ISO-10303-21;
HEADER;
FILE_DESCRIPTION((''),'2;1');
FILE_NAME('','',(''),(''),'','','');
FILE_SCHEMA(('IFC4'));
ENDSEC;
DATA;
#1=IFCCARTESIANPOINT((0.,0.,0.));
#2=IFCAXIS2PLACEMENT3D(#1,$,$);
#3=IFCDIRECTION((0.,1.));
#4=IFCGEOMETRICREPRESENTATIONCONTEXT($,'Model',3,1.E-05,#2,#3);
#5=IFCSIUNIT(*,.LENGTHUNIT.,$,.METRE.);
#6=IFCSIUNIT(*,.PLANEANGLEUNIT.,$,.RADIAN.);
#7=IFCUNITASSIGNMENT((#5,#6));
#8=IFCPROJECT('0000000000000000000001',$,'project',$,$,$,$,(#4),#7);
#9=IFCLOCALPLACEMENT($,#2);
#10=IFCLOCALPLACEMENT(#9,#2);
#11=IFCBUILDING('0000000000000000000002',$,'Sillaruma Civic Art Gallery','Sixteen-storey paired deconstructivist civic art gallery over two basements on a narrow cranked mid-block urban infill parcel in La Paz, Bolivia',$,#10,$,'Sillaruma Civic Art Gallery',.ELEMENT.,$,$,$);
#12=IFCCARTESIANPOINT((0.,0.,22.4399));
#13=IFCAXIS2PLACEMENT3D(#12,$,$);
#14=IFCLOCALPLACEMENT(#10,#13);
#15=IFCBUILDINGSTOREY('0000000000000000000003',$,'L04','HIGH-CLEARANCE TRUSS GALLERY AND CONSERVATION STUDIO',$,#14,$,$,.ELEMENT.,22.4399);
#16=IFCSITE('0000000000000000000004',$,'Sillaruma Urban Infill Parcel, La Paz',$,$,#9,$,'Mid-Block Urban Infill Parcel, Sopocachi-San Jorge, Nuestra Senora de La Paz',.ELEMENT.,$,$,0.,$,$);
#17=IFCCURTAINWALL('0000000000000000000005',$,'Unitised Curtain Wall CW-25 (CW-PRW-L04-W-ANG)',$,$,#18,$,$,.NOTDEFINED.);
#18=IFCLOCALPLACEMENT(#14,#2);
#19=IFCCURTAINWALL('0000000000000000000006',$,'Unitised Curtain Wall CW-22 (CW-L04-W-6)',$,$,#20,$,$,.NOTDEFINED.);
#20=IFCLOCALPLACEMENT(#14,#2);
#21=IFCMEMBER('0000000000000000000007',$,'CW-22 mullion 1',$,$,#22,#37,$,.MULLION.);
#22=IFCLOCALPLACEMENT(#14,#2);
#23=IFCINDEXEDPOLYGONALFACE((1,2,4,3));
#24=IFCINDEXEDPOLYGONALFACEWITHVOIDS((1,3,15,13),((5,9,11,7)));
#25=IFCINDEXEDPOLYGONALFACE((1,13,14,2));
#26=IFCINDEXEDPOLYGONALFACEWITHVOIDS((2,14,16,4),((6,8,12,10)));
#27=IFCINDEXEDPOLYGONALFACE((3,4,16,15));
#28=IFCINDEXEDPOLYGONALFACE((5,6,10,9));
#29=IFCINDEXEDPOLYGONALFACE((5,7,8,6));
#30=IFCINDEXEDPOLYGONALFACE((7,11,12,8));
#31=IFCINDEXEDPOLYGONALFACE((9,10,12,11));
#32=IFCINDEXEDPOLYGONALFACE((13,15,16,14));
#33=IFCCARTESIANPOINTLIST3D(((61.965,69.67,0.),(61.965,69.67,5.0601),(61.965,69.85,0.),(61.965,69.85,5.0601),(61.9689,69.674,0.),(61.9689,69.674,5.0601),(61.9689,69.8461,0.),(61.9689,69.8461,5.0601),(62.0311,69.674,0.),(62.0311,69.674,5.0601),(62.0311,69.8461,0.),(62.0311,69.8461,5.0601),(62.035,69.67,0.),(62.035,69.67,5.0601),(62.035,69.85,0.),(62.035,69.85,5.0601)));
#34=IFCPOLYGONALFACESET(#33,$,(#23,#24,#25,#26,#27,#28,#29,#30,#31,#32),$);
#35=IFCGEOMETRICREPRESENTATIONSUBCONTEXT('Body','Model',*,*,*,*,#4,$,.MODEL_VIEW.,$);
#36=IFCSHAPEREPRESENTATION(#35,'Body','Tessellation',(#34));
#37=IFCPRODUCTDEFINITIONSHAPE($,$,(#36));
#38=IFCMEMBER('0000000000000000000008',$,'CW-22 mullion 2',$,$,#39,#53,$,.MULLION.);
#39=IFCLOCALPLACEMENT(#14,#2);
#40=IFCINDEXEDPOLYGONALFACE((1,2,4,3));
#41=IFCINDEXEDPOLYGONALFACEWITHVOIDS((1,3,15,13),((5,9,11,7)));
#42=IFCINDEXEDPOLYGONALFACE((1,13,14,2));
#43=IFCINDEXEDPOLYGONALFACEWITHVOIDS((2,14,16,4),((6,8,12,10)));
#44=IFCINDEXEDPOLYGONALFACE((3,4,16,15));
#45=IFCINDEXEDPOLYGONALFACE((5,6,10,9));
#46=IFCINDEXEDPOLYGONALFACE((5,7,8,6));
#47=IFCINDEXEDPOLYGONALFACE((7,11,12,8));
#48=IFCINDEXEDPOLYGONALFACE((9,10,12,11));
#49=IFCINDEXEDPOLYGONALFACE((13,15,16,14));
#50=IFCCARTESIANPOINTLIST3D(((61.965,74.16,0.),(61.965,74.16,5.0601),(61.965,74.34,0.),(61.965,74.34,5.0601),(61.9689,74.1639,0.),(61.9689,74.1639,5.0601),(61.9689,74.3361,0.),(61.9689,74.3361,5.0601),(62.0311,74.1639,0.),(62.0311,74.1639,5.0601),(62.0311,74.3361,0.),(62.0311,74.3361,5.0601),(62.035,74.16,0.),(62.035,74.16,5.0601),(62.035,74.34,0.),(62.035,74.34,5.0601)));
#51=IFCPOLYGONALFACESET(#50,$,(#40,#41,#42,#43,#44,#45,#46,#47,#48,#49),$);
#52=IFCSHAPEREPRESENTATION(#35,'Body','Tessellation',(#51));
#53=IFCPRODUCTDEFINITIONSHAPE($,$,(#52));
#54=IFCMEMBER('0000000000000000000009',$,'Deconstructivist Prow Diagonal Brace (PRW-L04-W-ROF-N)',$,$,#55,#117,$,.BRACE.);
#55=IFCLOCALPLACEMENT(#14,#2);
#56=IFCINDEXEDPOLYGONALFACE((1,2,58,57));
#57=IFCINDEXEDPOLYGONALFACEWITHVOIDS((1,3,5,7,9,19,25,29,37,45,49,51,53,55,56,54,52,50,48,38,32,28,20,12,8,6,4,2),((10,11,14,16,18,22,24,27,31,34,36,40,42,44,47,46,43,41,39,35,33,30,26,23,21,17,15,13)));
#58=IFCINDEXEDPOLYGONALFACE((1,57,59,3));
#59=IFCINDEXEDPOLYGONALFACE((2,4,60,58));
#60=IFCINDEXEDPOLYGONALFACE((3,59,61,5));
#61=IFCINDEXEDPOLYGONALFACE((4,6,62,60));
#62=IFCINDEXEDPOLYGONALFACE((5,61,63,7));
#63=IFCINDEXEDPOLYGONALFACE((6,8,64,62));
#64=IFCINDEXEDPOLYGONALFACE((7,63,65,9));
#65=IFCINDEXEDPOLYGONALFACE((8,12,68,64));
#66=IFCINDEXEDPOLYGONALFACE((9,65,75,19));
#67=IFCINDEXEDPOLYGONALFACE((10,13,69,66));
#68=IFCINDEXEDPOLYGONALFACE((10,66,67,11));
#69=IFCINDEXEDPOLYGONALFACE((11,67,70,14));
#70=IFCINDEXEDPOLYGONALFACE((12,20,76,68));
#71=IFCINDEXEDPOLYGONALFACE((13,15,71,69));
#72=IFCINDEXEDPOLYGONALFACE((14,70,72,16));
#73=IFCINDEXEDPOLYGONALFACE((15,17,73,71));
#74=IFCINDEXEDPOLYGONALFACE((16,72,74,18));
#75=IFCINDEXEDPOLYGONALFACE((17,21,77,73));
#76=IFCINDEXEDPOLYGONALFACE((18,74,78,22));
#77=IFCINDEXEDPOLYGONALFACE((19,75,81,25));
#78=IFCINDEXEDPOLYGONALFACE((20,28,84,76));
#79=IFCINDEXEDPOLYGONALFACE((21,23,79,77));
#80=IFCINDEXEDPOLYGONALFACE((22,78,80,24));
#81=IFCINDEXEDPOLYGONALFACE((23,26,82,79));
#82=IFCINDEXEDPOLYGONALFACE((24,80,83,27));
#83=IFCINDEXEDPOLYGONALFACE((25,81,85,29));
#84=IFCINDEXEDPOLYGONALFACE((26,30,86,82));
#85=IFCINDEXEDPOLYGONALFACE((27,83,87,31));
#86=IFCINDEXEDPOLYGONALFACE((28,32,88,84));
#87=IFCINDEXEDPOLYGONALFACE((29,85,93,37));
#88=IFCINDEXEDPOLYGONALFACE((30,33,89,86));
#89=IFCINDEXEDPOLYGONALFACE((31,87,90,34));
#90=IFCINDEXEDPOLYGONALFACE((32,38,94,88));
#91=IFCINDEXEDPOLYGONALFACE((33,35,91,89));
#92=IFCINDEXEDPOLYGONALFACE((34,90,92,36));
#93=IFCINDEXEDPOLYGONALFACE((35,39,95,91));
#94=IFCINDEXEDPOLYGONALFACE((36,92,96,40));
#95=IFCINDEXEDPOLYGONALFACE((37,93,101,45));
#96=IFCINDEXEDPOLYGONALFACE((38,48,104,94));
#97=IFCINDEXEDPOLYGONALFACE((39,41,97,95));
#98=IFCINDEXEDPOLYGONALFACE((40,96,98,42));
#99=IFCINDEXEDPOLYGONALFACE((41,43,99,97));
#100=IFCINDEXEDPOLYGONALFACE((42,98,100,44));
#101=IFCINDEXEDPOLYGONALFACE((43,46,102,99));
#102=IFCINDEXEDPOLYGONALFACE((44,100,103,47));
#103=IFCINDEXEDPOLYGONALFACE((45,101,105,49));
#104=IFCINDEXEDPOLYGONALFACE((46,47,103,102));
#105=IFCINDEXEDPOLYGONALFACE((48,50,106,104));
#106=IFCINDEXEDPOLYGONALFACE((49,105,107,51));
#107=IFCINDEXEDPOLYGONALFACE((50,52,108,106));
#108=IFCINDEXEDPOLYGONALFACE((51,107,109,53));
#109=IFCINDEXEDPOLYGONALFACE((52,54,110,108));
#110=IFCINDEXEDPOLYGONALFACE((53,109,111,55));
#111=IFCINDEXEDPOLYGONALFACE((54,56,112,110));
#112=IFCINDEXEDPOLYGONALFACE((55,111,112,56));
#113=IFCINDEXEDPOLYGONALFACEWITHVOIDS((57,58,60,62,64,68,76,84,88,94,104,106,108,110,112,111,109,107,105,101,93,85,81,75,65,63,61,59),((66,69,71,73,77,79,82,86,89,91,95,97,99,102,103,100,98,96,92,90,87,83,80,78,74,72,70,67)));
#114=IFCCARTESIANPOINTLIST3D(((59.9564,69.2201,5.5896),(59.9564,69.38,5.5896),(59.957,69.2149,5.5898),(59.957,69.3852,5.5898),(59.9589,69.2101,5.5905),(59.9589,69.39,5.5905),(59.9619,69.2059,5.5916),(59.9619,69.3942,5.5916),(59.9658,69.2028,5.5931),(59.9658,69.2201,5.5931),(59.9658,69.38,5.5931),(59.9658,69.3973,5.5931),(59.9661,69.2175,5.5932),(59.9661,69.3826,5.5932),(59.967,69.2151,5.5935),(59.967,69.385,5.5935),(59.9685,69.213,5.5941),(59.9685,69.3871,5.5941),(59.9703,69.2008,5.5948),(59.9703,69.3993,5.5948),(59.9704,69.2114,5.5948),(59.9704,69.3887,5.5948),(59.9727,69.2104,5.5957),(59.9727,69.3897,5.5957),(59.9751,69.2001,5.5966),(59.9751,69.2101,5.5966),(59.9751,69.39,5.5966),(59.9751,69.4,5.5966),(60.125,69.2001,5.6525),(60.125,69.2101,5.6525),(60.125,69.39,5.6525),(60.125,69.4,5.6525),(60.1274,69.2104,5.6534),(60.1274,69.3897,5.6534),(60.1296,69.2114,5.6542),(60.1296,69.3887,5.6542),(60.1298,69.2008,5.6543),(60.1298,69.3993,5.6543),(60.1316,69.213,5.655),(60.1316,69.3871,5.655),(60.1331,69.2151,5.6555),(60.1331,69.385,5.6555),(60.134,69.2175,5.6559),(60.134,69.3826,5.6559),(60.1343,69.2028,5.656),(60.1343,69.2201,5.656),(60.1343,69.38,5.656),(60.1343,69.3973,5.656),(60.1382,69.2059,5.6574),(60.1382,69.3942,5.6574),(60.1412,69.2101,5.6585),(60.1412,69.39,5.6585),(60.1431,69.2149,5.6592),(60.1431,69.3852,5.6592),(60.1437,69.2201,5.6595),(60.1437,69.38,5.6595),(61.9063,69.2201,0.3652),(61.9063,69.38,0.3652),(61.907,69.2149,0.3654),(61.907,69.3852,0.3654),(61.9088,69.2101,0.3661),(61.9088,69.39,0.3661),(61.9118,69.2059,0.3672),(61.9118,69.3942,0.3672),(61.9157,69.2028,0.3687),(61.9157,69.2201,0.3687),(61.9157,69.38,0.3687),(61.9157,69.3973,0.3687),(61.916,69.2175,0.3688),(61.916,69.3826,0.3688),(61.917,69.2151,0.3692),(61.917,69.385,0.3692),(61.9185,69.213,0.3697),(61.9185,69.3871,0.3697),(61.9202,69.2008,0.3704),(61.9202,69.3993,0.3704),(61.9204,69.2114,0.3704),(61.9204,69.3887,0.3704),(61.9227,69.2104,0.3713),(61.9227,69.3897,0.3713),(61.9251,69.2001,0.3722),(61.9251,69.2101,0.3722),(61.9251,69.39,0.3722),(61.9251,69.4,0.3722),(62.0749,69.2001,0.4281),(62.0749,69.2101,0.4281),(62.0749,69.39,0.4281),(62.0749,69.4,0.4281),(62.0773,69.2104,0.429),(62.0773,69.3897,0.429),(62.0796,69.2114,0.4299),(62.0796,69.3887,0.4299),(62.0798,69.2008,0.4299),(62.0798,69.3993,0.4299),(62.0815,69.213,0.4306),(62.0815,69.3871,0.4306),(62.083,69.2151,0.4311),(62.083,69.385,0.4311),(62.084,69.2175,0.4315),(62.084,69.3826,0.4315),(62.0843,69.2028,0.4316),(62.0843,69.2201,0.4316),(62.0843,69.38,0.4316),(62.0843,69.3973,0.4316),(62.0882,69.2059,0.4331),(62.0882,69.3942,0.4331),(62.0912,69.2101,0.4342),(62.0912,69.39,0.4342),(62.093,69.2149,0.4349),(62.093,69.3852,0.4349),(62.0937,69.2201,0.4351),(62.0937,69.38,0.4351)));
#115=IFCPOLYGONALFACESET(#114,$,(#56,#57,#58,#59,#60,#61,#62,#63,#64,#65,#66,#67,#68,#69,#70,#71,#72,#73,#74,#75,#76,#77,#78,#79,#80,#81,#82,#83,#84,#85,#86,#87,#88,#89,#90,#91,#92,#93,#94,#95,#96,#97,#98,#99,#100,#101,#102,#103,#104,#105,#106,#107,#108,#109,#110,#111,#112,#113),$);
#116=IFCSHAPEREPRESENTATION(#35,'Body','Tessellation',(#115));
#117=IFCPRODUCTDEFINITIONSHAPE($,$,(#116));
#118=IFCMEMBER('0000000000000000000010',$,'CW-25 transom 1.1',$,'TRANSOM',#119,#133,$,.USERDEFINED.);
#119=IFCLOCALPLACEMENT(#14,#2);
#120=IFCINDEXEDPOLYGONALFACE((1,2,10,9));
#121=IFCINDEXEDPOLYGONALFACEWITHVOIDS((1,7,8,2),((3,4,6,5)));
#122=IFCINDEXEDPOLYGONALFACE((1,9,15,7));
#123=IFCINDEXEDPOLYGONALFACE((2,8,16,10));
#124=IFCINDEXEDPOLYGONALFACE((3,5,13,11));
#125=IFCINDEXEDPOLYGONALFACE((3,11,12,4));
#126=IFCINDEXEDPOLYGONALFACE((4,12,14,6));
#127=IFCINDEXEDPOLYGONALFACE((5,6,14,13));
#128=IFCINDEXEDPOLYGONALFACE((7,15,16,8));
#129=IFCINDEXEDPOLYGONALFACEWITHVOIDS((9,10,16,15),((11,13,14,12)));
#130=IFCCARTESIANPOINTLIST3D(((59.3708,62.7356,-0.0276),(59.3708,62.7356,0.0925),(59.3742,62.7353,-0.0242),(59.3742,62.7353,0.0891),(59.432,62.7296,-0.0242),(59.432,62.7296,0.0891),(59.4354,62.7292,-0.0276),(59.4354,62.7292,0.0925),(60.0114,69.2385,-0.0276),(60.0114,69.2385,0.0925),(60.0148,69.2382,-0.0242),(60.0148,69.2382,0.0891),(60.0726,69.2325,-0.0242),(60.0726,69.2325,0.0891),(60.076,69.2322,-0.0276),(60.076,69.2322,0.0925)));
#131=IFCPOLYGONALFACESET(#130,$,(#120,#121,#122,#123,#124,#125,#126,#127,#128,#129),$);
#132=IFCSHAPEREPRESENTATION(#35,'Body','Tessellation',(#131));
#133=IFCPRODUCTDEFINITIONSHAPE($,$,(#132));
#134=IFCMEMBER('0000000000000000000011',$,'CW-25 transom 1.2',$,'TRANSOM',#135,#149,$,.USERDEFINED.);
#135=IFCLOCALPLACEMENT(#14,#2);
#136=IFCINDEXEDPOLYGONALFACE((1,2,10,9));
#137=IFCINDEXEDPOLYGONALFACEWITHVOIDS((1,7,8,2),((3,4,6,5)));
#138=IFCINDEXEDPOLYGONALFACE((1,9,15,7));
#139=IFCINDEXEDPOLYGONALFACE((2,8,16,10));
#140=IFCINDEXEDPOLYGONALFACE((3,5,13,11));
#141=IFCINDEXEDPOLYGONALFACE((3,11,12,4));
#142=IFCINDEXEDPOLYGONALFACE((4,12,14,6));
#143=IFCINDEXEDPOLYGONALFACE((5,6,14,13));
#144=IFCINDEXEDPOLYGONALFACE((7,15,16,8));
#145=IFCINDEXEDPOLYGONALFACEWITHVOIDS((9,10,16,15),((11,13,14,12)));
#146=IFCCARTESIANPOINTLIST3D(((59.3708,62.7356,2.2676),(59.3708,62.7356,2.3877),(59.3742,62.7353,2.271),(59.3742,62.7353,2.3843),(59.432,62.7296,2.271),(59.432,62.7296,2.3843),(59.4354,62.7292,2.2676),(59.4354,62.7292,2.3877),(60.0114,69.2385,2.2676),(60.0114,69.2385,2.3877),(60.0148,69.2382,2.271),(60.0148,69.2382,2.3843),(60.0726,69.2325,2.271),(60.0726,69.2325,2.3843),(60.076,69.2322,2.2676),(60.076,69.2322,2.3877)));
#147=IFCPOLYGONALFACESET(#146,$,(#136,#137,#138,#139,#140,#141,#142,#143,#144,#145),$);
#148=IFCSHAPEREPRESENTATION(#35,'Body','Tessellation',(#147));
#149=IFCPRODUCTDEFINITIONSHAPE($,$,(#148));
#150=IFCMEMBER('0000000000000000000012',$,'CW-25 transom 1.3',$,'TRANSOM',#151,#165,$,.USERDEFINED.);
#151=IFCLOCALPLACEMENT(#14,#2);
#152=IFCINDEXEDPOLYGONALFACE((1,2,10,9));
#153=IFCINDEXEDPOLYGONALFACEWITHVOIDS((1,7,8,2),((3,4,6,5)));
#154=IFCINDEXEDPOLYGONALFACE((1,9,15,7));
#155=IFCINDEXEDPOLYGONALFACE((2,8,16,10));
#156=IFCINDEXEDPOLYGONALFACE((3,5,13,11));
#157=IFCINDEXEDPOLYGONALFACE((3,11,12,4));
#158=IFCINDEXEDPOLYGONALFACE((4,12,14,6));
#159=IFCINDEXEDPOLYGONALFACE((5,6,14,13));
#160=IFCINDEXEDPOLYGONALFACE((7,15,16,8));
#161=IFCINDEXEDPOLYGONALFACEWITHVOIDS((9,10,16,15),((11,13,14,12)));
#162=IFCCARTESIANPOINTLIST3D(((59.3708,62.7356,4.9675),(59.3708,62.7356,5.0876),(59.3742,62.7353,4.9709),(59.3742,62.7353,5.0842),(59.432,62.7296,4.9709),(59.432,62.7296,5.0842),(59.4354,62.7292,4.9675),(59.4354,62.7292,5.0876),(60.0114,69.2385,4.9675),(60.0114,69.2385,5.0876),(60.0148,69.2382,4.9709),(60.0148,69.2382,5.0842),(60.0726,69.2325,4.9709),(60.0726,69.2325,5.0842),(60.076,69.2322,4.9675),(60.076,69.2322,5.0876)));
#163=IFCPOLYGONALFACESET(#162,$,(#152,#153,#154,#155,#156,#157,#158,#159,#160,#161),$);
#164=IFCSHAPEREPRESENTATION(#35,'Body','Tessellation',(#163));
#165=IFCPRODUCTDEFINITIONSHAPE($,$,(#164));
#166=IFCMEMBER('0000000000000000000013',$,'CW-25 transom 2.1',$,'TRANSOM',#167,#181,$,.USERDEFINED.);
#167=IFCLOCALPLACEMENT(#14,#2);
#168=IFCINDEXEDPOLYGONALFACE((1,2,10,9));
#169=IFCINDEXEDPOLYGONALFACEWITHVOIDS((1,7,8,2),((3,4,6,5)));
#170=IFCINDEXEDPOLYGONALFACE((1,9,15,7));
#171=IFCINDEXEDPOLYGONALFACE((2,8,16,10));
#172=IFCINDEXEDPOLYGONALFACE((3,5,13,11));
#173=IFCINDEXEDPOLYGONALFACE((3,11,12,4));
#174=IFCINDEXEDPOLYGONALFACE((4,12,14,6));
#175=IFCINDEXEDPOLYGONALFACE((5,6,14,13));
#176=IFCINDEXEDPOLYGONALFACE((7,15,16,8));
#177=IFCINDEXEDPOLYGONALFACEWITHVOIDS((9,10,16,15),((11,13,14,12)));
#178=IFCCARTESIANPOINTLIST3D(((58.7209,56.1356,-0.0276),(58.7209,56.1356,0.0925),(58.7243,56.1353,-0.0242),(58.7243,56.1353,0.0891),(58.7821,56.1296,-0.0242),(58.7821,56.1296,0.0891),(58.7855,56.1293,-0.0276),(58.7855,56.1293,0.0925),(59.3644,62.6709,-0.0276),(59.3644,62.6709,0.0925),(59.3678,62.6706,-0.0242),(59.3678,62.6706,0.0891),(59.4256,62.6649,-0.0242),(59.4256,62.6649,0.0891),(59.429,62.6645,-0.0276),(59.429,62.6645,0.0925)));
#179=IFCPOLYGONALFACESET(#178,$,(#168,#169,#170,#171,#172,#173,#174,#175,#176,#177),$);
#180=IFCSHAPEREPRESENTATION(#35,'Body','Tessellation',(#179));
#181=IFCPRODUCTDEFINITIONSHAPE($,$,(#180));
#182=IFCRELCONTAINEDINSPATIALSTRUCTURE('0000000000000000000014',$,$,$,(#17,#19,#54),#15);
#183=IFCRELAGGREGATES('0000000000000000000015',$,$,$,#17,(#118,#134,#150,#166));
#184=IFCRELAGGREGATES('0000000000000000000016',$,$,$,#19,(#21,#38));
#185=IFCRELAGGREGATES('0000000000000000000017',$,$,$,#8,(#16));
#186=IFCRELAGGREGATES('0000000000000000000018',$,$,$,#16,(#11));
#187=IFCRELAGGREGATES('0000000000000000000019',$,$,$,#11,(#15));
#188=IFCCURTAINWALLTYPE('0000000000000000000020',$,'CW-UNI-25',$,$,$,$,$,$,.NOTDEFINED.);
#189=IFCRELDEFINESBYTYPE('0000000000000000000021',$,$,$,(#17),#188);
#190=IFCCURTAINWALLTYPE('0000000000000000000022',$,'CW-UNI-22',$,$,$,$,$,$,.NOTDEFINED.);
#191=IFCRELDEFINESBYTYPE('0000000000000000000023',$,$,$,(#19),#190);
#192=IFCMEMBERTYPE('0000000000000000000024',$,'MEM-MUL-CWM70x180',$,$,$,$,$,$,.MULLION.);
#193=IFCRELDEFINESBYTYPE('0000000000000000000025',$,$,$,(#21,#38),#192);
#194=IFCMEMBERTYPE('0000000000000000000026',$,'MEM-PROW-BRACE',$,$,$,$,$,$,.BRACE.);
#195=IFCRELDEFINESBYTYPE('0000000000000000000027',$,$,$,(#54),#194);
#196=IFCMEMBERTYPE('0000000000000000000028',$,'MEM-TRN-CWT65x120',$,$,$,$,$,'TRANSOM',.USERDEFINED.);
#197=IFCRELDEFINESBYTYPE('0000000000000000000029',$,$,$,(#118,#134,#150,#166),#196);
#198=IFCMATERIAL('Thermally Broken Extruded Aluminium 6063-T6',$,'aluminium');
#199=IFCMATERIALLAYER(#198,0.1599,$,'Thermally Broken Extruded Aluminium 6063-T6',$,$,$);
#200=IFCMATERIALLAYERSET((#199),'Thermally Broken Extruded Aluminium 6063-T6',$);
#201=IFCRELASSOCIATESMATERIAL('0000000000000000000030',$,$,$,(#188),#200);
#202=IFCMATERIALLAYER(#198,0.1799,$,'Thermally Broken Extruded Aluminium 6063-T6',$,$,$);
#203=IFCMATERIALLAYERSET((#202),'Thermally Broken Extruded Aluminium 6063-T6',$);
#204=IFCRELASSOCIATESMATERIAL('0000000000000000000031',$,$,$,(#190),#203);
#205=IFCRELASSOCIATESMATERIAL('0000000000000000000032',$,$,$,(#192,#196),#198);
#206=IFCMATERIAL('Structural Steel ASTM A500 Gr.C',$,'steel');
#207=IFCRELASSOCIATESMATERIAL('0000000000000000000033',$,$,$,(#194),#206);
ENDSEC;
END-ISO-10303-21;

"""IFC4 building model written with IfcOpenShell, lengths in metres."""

from ifc_helpers import new_model, si_unit, direction, frame, origin, origin_2d, place, context, subcontext, project, spatial, hollow_rectangle, extrude, material, layer, layer_set, material_profile, profile_set, type_object, element, aggregate, save


model = new_model("IFC4")

# Units and contexts
model_context = context("Model", 3, precision=1e-05, world=origin(), true_north=direction((0.0, 1.0)))
body_context = subcontext(model_context, "Body", "Model", "MODEL_VIEW")
ifc_project = project(units=[si_unit("LENGTHUNIT", "METRE"), si_unit("PLANEANGLEUNIT", "RADIAN")], contexts=[model_context])

# Site, building, storey
site_placement = place(None, origin())
site = spatial("IfcSite", under=ifc_project, at=site_placement, Name="Sillaruma Urban Infill Parcel, La Paz", LongName="Mid-Block Urban Infill Parcel, Sopocachi-San Jorge, Nuestra Senora de La Paz", CompositionType="ELEMENT", RefElevation=0.0)
building_placement = place(site_placement, origin())
building = spatial("IfcBuilding", under=site, at=building_placement, Name="Sillaruma Civic Art Gallery", Description="Sixteen-storey paired deconstructivist civic art gallery over two basements on a narrow cranked mid-block urban infill parcel in La Paz, Bolivia", LongName="Sillaruma Civic Art Gallery", CompositionType="ELEMENT")
storey_placement = place(building_placement, frame((0.0, 0.0, 22.4399)))
storey = spatial("IfcBuildingStorey", under=building, at=storey_placement, Name="L04", Description="HIGH-CLEARANCE TRUSS GALLERY AND CONSERVATION STUDIO", CompositionType="ELEMENT", Elevation=22.4399)

# Shared definitions
ifc_material_1 = material(Name="Structural Steel ASTM A500 Gr.C", Category="steel")

# Curtain walls, members
ifc_material_2 = material(Name="Thermally Broken Extruded Aluminium 6063-T6", Category="aluminium")
ifc_layer_1 = layer(ifc_material_2, 0.1599, Name="Thermally Broken Extruded Aluminium 6063-T6")
ifc_layer_set_1 = layer_set([ifc_layer_1], Name="Thermally Broken Extruded Aluminium 6063-T6")
curtain_wall_type_1 = type_object("IfcCurtainWallType", Name="CW-UNI-25", PredefinedType="NOTDEFINED", material=ifc_layer_set_1)
curtain_wall_1_placement = place(storey_placement, origin())
curtain_wall_1 = element("IfcCurtainWall", 1, at=curtain_wall_1_placement, inside=storey, type_object=curtain_wall_type_1, Name="Unitised Curtain Wall CW-25 (CW-PRW-L04-W-ANG)", PredefinedType="NOTDEFINED")
ifc_layer_2 = layer(ifc_material_2, 0.1799, Name="Thermally Broken Extruded Aluminium 6063-T6")
ifc_layer_set_2 = layer_set([ifc_layer_2], Name="Thermally Broken Extruded Aluminium 6063-T6")
curtain_wall_type_2 = type_object("IfcCurtainWallType", Name="CW-UNI-22", PredefinedType="NOTDEFINED", material=ifc_layer_set_2)
curtain_wall_2_placement = place(storey_placement, origin())
curtain_wall_2 = element("IfcCurtainWall", 2, at=curtain_wall_2_placement, inside=storey, type_object=curtain_wall_type_2, Name="Unitised Curtain Wall CW-22 (CW-L04-W-6)", PredefinedType="NOTDEFINED")
ifc_material_profile_1 = material_profile(ifc_material_2, hollow_rectangle(XDim=0.0701, YDim=0.1799, WallThickness=0.0039, at=origin_2d()), Name="CWM70x180")
ifc_profile_set_1 = profile_set([ifc_material_profile_1], Name="Thermally Broken Extruded Aluminium 6063-T6")
member_type_1 = type_object("IfcMemberType", Name="MEM-MUL-CWM70x180", PredefinedType="MULLION", material=ifc_profile_set_1)
member_1_placement = place(storey_placement, frame((62.0, 69.76, 0.0), z_axis=(0.0, 0.0, 1.0), x_axis=(-1.0, 0.0, 0.0)))
member_1 = element("IfcMember", 3, at=member_1_placement, type_object=member_type_1, Name="CW-22 mullion 1", PredefinedType="MULLION", context=body_context, shape_type="SweptSolid", body=[
    extrude(hollow_rectangle(XDim=0.0701, YDim=0.1799, WallThickness=0.0039, at=origin_2d()), origin(), (0.0, 0.0, 1.0), 5.0601),
])
member_2_placement = place(storey_placement, frame((62.0, 74.25, 0.0), z_axis=(0.0, 0.0, 1.0), x_axis=(-1.0, 0.0, 0.0)))
member_2 = element("IfcMember", 4, at=member_2_placement, type_object=member_type_1, Name="CW-22 mullion 2", PredefinedType="MULLION", context=body_context, shape_type="SweptSolid", body=[
    extrude(hollow_rectangle(XDim=0.0701, YDim=0.1799, WallThickness=0.0039, at=origin_2d()), origin(), (0.0, 0.0, 1.0), 5.0601),
])

# Members
ifc_material_profile_2 = material_profile(ifc_material_1, hollow_rectangle(XDim=0.2, YDim=0.2, WallThickness=0.01, InnerFilletRadius=0.01, OuterFilletRadius=0.02, at=origin_2d()), Name="HSS200x200x10")
ifc_profile_set_2 = profile_set([ifc_material_profile_2], Name="Structural Steel ASTM A500 Gr.C")
member_type_2 = type_object("IfcMemberType", Name="MEM-PROW-BRACE", PredefinedType="BRACE", material=ifc_profile_set_2)
member_3_placement = place(storey_placement, frame((62.0, 69.3, 0.4001), z_axis=(-0.349679, 0.0, 0.93687), x_axis=(0.0, -1.0, 0.0)))
element("IfcMember", 5, at=member_3_placement, inside=storey, type_object=member_type_2, Name="Deconstructivist Prow Diagonal Brace (PRW-L04-W-ROF-N)", PredefinedType="BRACE", context=body_context, shape_type="SweptSolid", body=[
    extrude(hollow_rectangle(XDim=0.2, YDim=0.2, WallThickness=0.01, InnerFilletRadius=0.01, OuterFilletRadius=0.02, at=origin_2d()), origin(), (0.0, 0.0, 1.0), 5.5764),
])
ifc_material_profile_3 = material_profile(ifc_material_2, hollow_rectangle(XDim=0.0649, YDim=0.1201, WallThickness=0.0034, at=origin_2d()), Name="CWT65x120")
ifc_profile_set_3 = profile_set([ifc_material_profile_3], Name="Thermally Broken Extruded Aluminium 6063-T6")
member_type_3 = type_object("IfcMemberType", Name="MEM-TRN-CWT65x120", ElementType="TRANSOM", PredefinedType="USERDEFINED", material=ifc_profile_set_3)
member_4_placement = place(storey_placement, frame((60.0437, 69.2354, 0.0325), z_axis=(-0.098039, -0.995183, 0.0), x_axis=(0.995183, -0.098039, 0.0)))
member_4 = element("IfcMember", 6, at=member_4_placement, type_object=member_type_3, Name="CW-25 transom 1.1", ObjectType="TRANSOM", PredefinedType="USERDEFINED", context=body_context, shape_type="SweptSolid", body=[
    extrude(hollow_rectangle(XDim=0.0649, YDim=0.1201, WallThickness=0.0034, at=origin_2d()), origin(), (0.0, 0.0, 1.0), 6.5344),
])
member_5_placement = place(storey_placement, frame((60.0437, 69.2354, 2.3276), z_axis=(-0.098039, -0.995183, 0.0), x_axis=(0.995183, -0.098039, 0.0)))
member_5 = element("IfcMember", 7, at=member_5_placement, type_object=member_type_3, Name="CW-25 transom 1.2", ObjectType="TRANSOM", PredefinedType="USERDEFINED", context=body_context, shape_type="SweptSolid", body=[
    extrude(hollow_rectangle(XDim=0.0649, YDim=0.1201, WallThickness=0.0034, at=origin_2d()), origin(), (0.0, 0.0, 1.0), 6.5344),
])
member_6_placement = place(storey_placement, frame((60.0437, 69.2354, 5.0276), z_axis=(-0.098039, -0.995183, 0.0), x_axis=(0.995183, -0.098039, 0.0)))
member_6 = element("IfcMember", 8, at=member_6_placement, type_object=member_type_3, Name="CW-25 transom 1.3", ObjectType="TRANSOM", PredefinedType="USERDEFINED", context=body_context, shape_type="SweptSolid", body=[
    extrude(hollow_rectangle(XDim=0.0649, YDim=0.1201, WallThickness=0.0034, at=origin_2d()), origin(), (0.0, 0.0, 1.0), 6.5344),
])
member_7_placement = place(storey_placement, frame((59.3967, 62.6677, 0.0325), z_axis=(-0.097998, -0.995187, 0.0), x_axis=(0.995187, -0.097998, 0.0)))
member_7 = element("IfcMember", 9, at=member_7_placement, type_object=member_type_3, Name="CW-25 transom 2.1", ObjectType="TRANSOM", PredefinedType="USERDEFINED", context=body_context, shape_type="SweptSolid", body=[
    extrude(hollow_rectangle(XDim=0.0649, YDim=0.1201, WallThickness=0.0034, at=origin_2d()), origin(), (0.0, 0.0, 1.0), 6.5669),
])

aggregate(curtain_wall_1, [member_4, member_5, member_6, member_7])
aggregate(curtain_wall_2, [member_1, member_2])

save(model, "model.ifc")
